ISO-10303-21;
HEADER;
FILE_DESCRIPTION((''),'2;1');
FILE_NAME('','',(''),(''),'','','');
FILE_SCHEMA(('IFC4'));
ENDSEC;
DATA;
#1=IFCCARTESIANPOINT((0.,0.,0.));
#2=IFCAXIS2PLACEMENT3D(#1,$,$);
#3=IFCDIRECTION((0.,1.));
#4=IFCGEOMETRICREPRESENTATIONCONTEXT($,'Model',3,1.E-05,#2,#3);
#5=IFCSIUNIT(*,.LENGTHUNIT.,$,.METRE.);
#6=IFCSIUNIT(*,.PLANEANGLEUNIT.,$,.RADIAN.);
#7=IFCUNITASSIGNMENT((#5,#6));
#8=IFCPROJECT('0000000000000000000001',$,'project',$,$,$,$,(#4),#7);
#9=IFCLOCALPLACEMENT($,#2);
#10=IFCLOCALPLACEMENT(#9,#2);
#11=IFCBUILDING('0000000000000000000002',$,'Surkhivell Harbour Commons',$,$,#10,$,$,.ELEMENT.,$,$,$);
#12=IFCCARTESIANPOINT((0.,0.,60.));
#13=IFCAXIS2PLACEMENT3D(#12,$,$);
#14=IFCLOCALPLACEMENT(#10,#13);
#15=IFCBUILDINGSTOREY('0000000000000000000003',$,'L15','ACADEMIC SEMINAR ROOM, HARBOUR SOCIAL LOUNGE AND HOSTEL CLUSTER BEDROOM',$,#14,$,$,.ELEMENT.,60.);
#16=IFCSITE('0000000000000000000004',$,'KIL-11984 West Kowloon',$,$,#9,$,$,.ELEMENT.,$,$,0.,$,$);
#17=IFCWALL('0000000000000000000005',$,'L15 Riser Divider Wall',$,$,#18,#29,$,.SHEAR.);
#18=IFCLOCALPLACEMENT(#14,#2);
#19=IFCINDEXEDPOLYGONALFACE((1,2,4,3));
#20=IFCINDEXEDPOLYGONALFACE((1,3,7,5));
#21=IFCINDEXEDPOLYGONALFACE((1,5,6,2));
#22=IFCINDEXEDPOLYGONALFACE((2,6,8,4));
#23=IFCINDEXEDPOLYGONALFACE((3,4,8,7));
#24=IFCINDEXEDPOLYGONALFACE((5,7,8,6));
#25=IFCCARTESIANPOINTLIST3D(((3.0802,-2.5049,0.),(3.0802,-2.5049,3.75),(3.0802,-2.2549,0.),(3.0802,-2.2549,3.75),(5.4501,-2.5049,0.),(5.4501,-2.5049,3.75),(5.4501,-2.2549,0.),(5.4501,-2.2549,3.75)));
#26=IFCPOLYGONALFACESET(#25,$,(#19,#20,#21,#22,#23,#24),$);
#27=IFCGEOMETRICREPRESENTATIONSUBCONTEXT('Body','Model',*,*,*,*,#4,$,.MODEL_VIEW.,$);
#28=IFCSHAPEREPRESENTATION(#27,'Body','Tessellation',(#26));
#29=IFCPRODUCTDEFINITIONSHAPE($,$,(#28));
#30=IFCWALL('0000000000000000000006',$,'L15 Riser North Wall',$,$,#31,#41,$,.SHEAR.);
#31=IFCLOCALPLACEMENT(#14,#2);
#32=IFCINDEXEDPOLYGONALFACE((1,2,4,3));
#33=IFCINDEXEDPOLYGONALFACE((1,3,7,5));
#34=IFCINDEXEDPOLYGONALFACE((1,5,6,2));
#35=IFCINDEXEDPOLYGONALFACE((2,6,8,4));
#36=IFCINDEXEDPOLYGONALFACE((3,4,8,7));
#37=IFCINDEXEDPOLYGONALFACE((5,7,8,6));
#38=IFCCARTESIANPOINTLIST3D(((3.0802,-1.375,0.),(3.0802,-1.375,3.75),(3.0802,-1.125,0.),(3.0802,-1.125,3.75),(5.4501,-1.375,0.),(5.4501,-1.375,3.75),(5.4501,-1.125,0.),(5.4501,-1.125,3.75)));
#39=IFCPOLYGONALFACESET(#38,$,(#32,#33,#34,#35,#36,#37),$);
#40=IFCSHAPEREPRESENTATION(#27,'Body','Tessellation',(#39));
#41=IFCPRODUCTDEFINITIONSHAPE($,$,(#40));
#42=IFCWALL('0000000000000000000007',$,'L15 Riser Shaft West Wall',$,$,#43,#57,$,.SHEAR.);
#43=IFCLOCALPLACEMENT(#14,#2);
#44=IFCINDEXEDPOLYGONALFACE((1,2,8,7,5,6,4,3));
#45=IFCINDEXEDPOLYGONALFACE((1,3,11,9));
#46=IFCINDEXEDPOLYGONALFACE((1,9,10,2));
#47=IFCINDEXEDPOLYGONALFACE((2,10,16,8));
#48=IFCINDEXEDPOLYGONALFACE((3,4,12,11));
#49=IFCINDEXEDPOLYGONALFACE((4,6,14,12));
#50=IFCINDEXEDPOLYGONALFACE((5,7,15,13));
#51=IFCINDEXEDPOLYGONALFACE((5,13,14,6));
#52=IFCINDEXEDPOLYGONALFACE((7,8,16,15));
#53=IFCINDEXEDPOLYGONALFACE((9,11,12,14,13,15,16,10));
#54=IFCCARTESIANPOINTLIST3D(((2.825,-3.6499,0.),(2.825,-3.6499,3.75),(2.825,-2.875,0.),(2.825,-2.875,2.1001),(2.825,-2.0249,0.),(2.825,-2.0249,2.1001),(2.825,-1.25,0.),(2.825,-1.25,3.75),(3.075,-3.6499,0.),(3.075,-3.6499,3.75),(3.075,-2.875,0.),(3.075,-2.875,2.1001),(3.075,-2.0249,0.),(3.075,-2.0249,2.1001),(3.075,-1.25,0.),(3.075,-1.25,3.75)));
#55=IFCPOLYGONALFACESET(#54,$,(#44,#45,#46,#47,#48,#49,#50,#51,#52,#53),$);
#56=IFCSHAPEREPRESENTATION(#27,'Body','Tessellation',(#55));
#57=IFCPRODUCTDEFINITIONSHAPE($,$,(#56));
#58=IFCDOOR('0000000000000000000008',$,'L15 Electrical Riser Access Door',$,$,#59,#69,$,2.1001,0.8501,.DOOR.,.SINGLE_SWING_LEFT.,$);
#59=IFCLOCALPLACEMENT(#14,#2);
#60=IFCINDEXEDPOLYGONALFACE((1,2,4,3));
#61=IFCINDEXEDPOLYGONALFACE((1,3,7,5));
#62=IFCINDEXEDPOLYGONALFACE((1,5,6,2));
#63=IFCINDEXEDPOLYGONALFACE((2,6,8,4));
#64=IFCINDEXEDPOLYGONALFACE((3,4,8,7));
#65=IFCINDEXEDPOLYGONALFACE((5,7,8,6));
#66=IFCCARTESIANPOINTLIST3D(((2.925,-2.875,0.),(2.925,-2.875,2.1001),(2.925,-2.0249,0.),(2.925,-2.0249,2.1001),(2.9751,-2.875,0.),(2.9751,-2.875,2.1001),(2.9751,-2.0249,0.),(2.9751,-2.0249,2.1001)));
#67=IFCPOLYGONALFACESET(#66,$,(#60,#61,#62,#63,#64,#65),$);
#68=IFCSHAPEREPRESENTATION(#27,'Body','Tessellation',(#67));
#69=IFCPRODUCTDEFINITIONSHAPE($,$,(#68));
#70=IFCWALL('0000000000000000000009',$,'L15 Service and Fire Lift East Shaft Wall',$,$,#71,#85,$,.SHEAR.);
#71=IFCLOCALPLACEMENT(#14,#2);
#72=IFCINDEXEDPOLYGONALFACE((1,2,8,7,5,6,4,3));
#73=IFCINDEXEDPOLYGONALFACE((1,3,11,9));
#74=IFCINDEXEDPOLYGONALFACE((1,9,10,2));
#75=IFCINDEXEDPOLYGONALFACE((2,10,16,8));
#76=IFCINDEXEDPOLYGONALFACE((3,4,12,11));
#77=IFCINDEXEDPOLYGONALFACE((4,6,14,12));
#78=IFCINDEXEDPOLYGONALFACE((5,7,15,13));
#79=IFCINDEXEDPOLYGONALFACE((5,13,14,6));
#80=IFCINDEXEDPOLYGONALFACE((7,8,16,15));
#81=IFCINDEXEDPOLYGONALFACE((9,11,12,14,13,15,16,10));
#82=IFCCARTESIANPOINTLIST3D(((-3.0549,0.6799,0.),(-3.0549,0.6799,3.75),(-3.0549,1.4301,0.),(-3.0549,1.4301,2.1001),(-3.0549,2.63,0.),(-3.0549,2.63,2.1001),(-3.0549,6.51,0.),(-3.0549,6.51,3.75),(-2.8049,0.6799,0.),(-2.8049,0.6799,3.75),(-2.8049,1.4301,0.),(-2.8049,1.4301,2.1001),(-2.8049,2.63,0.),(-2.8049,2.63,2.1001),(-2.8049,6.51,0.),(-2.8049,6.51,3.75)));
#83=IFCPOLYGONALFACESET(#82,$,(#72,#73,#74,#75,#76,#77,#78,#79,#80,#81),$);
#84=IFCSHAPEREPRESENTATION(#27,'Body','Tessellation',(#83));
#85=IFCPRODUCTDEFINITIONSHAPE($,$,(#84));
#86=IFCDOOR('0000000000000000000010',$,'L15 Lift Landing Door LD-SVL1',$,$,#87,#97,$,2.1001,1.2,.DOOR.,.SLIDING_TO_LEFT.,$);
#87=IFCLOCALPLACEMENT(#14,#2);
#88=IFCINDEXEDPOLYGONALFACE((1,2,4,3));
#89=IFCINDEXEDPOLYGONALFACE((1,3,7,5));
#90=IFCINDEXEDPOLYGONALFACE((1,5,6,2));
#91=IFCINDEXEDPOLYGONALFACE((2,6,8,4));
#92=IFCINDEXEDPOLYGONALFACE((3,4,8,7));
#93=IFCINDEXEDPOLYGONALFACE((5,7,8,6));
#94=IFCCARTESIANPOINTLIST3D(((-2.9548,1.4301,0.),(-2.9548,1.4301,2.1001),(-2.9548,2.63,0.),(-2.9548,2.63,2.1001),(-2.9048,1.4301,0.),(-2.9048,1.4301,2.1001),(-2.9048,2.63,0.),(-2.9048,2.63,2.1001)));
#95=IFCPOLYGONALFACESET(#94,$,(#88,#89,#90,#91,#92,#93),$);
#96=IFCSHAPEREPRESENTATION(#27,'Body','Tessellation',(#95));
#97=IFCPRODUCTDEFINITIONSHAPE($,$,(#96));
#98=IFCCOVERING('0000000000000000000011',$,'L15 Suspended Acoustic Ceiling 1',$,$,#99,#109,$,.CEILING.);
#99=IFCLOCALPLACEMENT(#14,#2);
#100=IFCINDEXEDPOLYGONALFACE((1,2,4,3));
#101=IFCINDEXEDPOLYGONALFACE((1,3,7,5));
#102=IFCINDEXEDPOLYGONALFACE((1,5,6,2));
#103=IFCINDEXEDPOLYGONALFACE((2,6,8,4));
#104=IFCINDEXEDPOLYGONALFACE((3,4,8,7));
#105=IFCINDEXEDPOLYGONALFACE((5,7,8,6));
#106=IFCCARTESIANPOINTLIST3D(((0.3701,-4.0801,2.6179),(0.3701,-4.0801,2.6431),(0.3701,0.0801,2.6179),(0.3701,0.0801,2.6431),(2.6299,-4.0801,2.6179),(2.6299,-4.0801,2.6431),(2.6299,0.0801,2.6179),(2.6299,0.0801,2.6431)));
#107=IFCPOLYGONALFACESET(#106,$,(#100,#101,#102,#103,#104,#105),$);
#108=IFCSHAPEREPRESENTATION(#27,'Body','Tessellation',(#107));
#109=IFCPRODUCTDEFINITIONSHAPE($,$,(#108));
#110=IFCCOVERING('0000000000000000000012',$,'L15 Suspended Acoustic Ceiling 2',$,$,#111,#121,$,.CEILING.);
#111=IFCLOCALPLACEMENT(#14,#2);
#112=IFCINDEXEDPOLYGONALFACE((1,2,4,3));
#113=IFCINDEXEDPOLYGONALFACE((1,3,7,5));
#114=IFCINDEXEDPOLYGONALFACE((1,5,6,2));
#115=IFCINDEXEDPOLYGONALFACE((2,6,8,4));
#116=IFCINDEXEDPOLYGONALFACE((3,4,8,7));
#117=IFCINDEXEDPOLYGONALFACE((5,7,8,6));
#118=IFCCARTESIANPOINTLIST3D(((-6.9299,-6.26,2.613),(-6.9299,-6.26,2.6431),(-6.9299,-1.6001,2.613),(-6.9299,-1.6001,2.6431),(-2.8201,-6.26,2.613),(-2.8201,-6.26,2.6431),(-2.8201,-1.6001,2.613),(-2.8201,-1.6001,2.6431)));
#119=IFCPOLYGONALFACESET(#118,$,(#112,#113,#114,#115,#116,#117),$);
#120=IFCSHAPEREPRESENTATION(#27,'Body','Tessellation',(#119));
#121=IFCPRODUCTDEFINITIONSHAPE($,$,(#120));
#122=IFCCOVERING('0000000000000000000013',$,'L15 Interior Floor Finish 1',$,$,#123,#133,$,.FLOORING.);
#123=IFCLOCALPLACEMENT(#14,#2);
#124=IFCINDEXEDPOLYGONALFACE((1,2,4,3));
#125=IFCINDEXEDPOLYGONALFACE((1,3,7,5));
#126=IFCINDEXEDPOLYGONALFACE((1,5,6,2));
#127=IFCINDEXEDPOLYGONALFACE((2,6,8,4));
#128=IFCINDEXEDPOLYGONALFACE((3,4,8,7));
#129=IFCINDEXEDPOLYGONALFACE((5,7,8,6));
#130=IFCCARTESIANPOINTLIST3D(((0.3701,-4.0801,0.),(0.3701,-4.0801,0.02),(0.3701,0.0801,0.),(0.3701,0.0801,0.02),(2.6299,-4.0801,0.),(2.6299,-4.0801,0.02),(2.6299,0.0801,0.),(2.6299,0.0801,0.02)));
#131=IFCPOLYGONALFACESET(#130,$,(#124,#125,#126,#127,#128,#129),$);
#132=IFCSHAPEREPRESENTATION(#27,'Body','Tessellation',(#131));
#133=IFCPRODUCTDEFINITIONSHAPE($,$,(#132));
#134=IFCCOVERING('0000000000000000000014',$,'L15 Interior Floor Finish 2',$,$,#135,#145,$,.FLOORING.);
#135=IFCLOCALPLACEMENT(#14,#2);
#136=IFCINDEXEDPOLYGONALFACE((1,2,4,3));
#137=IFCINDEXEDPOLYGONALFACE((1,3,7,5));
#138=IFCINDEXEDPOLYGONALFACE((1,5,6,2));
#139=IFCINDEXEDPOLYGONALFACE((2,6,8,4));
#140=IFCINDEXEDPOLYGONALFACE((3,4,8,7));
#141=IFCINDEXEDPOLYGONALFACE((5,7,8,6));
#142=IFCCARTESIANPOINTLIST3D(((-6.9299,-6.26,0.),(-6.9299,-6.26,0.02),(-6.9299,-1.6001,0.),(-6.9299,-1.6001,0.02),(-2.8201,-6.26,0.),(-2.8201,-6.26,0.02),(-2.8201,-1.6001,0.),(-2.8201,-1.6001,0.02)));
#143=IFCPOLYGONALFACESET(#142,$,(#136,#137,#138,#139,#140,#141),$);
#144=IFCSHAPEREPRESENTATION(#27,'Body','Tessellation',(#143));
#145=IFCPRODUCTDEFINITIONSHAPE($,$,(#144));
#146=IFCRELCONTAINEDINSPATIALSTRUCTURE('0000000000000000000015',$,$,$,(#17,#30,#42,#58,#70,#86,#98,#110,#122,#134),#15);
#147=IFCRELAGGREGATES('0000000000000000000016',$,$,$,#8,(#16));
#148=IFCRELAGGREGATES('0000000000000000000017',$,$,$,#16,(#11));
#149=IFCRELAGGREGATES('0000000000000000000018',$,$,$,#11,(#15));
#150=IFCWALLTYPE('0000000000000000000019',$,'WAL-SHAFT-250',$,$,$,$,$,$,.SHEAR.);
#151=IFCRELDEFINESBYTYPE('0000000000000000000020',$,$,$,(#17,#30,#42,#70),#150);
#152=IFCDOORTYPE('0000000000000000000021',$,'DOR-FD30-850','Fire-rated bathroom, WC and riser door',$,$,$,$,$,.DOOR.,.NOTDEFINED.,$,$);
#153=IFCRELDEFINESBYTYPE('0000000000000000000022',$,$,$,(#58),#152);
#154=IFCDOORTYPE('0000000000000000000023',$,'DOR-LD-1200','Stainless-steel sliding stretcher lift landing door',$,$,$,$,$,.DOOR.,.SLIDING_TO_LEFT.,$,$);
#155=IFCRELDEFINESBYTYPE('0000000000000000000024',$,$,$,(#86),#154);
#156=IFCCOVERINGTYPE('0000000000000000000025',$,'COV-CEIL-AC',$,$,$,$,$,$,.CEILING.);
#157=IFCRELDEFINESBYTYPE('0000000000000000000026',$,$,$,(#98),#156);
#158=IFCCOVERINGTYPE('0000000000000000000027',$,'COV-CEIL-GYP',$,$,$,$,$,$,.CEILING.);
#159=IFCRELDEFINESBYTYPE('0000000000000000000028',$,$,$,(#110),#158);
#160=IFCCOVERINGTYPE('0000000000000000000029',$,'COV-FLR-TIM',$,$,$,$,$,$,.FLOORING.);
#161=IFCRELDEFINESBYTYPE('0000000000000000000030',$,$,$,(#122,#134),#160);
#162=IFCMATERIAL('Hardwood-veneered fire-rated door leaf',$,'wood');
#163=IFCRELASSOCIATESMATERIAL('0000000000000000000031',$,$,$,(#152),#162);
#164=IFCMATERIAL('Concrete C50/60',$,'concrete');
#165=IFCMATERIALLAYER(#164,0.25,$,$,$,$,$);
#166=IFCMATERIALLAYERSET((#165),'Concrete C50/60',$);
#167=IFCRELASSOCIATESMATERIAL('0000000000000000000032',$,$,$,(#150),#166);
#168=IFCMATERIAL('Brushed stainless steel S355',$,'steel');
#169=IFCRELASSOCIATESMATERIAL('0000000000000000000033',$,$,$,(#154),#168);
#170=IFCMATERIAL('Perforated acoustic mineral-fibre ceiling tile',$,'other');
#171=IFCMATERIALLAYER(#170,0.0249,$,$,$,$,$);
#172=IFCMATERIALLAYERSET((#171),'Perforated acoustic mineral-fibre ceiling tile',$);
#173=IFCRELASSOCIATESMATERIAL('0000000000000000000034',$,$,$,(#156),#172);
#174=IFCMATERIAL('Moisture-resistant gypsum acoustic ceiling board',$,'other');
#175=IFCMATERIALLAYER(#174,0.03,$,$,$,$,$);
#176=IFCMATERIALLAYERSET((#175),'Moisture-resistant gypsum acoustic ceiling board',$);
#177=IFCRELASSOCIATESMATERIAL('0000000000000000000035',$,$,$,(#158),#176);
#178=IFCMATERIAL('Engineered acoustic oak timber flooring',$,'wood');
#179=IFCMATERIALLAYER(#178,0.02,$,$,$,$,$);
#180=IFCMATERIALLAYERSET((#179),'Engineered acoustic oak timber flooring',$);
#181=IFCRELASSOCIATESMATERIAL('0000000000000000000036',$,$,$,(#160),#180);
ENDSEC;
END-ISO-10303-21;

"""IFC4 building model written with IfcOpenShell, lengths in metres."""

from ifc_helpers import new_model, si_unit, direction, frame, frame_2d, origin, place, context, subcontext, project, spatial, polyline, rectangle, outline, extrude, material, layer, layer_set, type_object, element, fill, save


model = new_model("IFC4")

# Units and contexts
model_context = context("Model", 3, precision=1e-05, world=origin(), true_north=direction((0.0, 1.0)))
body_context = subcontext(model_context, "Body", "Model", "MODEL_VIEW")
ifc_project = project(units=[si_unit("LENGTHUNIT", "METRE"), si_unit("PLANEANGLEUNIT", "RADIAN")], contexts=[model_context])

# Site, building, storey
site_placement = place(None, origin())
site = spatial("IfcSite", under=ifc_project, at=site_placement, Name="KIL-11984 West Kowloon", CompositionType="ELEMENT", RefElevation=0.0)
building_placement = place(site_placement, origin())
building = spatial("IfcBuilding", under=site, at=building_placement, Name="Surkhivell Harbour Commons", CompositionType="ELEMENT")
storey_placement = place(building_placement, frame((0.0, 0.0, 60.0)))
storey = spatial("IfcBuildingStorey", under=building, at=storey_placement, Name="L15", Description="ACADEMIC SEMINAR ROOM, HARBOUR SOCIAL LOUNGE AND HOSTEL CLUSTER BEDROOM", CompositionType="ELEMENT", Elevation=60.0)

# Shared definitions
ifc_material_1 = material(Name="Hardwood-veneered fire-rated door leaf", Category="wood")
door_type_1 = type_object("IfcDoorType", Name="DOR-FD30-850", Description="Fire-rated bathroom, WC and riser door", OperationType="NOTDEFINED", PredefinedType="DOOR", material=ifc_material_1)

# Walls
ifc_material_2 = material(Name="Concrete C50/60", Category="concrete")
ifc_layer_1 = layer(ifc_material_2, 0.25)
ifc_layer_set_1 = layer_set([ifc_layer_1], Name="Concrete C50/60")
wall_type_1 = type_object("IfcWallType", Name="WAL-SHAFT-250", PredefinedType="SHEAR", material=ifc_layer_set_1)
for number, where, z_axis, x_axis, name in (
    (1, (3.0801, -2.3799, 0.0), (0.0, 0.0, 1.0), (1.0, 0.0, 0.0), "L15 Riser Divider Wall"),
    (2, (3.0801, -1.25, 0.0), (0.0, 0.0, 1.0), (1.0, 0.0, 0.0), "L15 Riser North Wall"),
):
    element("IfcWall", number, at=place(storey_placement, frame(where, z_axis=z_axis, x_axis=x_axis)), inside=storey, type_object=wall_type_1, Name=name, PredefinedType="SHEAR", context=body_context, shape_type="SweptSolid", body=[
        extrude(rectangle(XDim=2.3699, YDim=0.25, at=frame_2d((1.1851, 0.0))), origin(), (0.0, 0.0, 1.0), 3.75),
    ])

# Walls, openings, doors
wall_1_placement = place(storey_placement, frame((2.95, -3.6499, 0.0), z_axis=(0.0, 0.0, 1.0), x_axis=(0.0, 1.0, 0.0)))
wall_1 = element("IfcWall", 3, at=wall_1_placement, inside=storey, type_object=wall_type_1, Name="L15 Riser Shaft West Wall", PredefinedType="SHEAR", context=body_context, shape_type="SweptSolid", body=[
    extrude(rectangle(XDim=2.3999, YDim=0.25, at=frame_2d((1.2, 0.0))), origin(), (0.0, 0.0, 1.0), 3.75),
])
opening_1_placement = place(wall_1_placement, frame((0.7749, 0.0, 0.0)))
opening_1 = element("IfcOpeningElement", 4, at=opening_1_placement, cuts=wall_1, PredefinedType="OPENING", context=body_context, shape_type="SweptSolid", body=[
    extrude(rectangle(XDim=0.8501, YDim=2.1001, at=frame_2d((0.425, 1.05))), frame((0.0, 0.135, 0.0), z_axis=(0.0, -1.0, 0.0), x_axis=(1.0, 0.0, 0.0)), (0.0, 0.0, 1.0), 0.27),
])
door_1_placement = place(opening_1_placement, origin())
door_1 = element("IfcDoor", 5, at=door_1_placement, inside=storey, type_object=door_type_1, Name="L15 Electrical Riser Access Door", OperationType="SINGLE_SWING_LEFT", OverallHeight=2.1001, OverallWidth=0.8501, PredefinedType="DOOR", context=body_context, shape_type="SweptSolid", body=[
    extrude(rectangle(XDim=0.8501, YDim=2.1001, at=frame_2d((0.425, 1.05))), frame((0.0, 0.0249, 0.0), z_axis=(0.0, -1.0, 0.0), x_axis=(1.0, 0.0, 0.0)), (0.0, 0.0, 1.0), 0.05),
])
fill(opening_1, door_1)
wall_2_placement = place(storey_placement, frame((-2.9299, 0.6799, 0.0), z_axis=(0.0, 0.0, 1.0), x_axis=(0.0, 1.0, 0.0)))
wall_2 = element("IfcWall", 6, at=wall_2_placement, inside=storey, type_object=wall_type_1, Name="L15 Service and Fire Lift East Shaft Wall", PredefinedType="SHEAR", context=body_context, shape_type="SweptSolid", body=[
    extrude(rectangle(XDim=5.8301, YDim=0.25, at=frame_2d((2.915, 0.0))), origin(), (0.0, 0.0, 1.0), 3.75),
])
opening_2_placement = place(wall_2_placement, frame((0.75, 0.0, 0.0)))
opening_2 = element("IfcOpeningElement", 7, at=opening_2_placement, cuts=wall_2, PredefinedType="OPENING", context=body_context, shape_type="SweptSolid", body=[
    extrude(rectangle(XDim=1.2, YDim=2.1001, at=frame_2d((0.6001, 1.05))), frame((0.0, 0.135, 0.0), z_axis=(0.0, -1.0, 0.0), x_axis=(1.0, 0.0, 0.0)), (0.0, 0.0, 1.0), 0.27),
])
ifc_material_3 = material(Name="Brushed stainless steel S355", Category="steel")
door_type_2 = type_object("IfcDoorType", Name="DOR-LD-1200", Description="Stainless-steel sliding stretcher lift landing door", OperationType="SLIDING_TO_LEFT", PredefinedType="DOOR", material=ifc_material_3)
door_2_placement = place(opening_2_placement, origin())
door_2 = element("IfcDoor", 8, at=door_2_placement, inside=storey, type_object=door_type_2, Name="L15 Lift Landing Door LD-SVL1", OperationType="SLIDING_TO_LEFT", OverallHeight=2.1001, OverallWidth=1.2, PredefinedType="DOOR", context=body_context, shape_type="SweptSolid", body=[
    extrude(rectangle(XDim=1.2, YDim=2.1001, at=frame_2d((0.6001, 1.05))), frame((0.0, 0.0249, 0.0), z_axis=(0.0, -1.0, 0.0), x_axis=(1.0, 0.0, 0.0)), (0.0, 0.0, 1.0), 0.05),
])
fill(opening_2, door_2)

# Coverings
ifc_material_4 = material(Name="Perforated acoustic mineral-fibre ceiling tile", Category="other")
ifc_layer_2 = layer(ifc_material_4, 0.0249)
ifc_layer_set_2 = layer_set([ifc_layer_2], Name="Perforated acoustic mineral-fibre ceiling tile")
covering_type_1 = type_object("IfcCoveringType", Name="COV-CEIL-AC", PredefinedType="CEILING", material=ifc_layer_set_2)
covering_1_placement = place(storey_placement, frame((0.0, 0.0, 2.6179)))
element("IfcCovering", 9, at=covering_1_placement, inside=storey, type_object=covering_type_1, Name="L15 Suspended Acoustic Ceiling 1", PredefinedType="CEILING", context=body_context, shape_type="SweptSolid", body=[
    extrude(outline(polyline([(0.3701, -4.0801), (2.6299, -4.0801), (2.6299, 0.0801), (0.3701, 0.0801), (0.3701, -4.0801)])), origin(), (0.0, 0.0, 1.0), 0.0251),
])
ifc_material_5 = material(Name="Moisture-resistant gypsum acoustic ceiling board", Category="other")
ifc_layer_3 = layer(ifc_material_5, 0.03)
ifc_layer_set_3 = layer_set([ifc_layer_3], Name="Moisture-resistant gypsum acoustic ceiling board")
covering_type_2 = type_object("IfcCoveringType", Name="COV-CEIL-GYP", PredefinedType="CEILING", material=ifc_layer_set_3)
covering_2_placement = place(storey_placement, frame((0.0, 0.0, 2.613)))
element("IfcCovering", 10, at=covering_2_placement, inside=storey, type_object=covering_type_2, Name="L15 Suspended Acoustic Ceiling 2", PredefinedType="CEILING", context=body_context, shape_type="SweptSolid", body=[
    extrude(outline(polyline([(-6.9299, -6.26), (-2.8201, -6.26), (-2.8201, -1.6001), (-6.9299, -1.6001), (-6.9299, -6.26)])), origin(), (0.0, 0.0, 1.0), 0.03),
])
ifc_material_6 = material(Name="Engineered acoustic oak timber flooring", Category="wood")
ifc_layer_4 = layer(ifc_material_6, 0.02)
ifc_layer_set_4 = layer_set([ifc_layer_4], Name="Engineered acoustic oak timber flooring")
covering_type_3 = type_object("IfcCoveringType", Name="COV-FLR-TIM", PredefinedType="FLOORING", material=ifc_layer_set_4)
covering_3_placement = place(storey_placement, origin())
element("IfcCovering", 11, at=covering_3_placement, inside=storey, type_object=covering_type_3, Name="L15 Interior Floor Finish 1", PredefinedType="FLOORING", context=body_context, shape_type="SweptSolid", body=[
    extrude(outline(polyline([(0.3701, -4.0801), (2.6299, -4.0801), (2.6299, 0.0801), (0.3701, 0.0801), (0.3701, -4.0801)])), origin(), (0.0, 0.0, 1.0), 0.02),
])
covering_4_placement = place(storey_placement, origin())
element("IfcCovering", 12, at=covering_4_placement, inside=storey, type_object=covering_type_3, Name="L15 Interior Floor Finish 2", PredefinedType="FLOORING", context=body_context, shape_type="SweptSolid", body=[
    extrude(outline(polyline([(-6.9299, -6.26), (-2.8201, -6.26), (-2.8201, -1.6001), (-6.9299, -1.6001), (-6.9299, -6.26)])), origin(), (0.0, 0.0, 1.0), 0.02),
])

save(model, "model.ifc")
